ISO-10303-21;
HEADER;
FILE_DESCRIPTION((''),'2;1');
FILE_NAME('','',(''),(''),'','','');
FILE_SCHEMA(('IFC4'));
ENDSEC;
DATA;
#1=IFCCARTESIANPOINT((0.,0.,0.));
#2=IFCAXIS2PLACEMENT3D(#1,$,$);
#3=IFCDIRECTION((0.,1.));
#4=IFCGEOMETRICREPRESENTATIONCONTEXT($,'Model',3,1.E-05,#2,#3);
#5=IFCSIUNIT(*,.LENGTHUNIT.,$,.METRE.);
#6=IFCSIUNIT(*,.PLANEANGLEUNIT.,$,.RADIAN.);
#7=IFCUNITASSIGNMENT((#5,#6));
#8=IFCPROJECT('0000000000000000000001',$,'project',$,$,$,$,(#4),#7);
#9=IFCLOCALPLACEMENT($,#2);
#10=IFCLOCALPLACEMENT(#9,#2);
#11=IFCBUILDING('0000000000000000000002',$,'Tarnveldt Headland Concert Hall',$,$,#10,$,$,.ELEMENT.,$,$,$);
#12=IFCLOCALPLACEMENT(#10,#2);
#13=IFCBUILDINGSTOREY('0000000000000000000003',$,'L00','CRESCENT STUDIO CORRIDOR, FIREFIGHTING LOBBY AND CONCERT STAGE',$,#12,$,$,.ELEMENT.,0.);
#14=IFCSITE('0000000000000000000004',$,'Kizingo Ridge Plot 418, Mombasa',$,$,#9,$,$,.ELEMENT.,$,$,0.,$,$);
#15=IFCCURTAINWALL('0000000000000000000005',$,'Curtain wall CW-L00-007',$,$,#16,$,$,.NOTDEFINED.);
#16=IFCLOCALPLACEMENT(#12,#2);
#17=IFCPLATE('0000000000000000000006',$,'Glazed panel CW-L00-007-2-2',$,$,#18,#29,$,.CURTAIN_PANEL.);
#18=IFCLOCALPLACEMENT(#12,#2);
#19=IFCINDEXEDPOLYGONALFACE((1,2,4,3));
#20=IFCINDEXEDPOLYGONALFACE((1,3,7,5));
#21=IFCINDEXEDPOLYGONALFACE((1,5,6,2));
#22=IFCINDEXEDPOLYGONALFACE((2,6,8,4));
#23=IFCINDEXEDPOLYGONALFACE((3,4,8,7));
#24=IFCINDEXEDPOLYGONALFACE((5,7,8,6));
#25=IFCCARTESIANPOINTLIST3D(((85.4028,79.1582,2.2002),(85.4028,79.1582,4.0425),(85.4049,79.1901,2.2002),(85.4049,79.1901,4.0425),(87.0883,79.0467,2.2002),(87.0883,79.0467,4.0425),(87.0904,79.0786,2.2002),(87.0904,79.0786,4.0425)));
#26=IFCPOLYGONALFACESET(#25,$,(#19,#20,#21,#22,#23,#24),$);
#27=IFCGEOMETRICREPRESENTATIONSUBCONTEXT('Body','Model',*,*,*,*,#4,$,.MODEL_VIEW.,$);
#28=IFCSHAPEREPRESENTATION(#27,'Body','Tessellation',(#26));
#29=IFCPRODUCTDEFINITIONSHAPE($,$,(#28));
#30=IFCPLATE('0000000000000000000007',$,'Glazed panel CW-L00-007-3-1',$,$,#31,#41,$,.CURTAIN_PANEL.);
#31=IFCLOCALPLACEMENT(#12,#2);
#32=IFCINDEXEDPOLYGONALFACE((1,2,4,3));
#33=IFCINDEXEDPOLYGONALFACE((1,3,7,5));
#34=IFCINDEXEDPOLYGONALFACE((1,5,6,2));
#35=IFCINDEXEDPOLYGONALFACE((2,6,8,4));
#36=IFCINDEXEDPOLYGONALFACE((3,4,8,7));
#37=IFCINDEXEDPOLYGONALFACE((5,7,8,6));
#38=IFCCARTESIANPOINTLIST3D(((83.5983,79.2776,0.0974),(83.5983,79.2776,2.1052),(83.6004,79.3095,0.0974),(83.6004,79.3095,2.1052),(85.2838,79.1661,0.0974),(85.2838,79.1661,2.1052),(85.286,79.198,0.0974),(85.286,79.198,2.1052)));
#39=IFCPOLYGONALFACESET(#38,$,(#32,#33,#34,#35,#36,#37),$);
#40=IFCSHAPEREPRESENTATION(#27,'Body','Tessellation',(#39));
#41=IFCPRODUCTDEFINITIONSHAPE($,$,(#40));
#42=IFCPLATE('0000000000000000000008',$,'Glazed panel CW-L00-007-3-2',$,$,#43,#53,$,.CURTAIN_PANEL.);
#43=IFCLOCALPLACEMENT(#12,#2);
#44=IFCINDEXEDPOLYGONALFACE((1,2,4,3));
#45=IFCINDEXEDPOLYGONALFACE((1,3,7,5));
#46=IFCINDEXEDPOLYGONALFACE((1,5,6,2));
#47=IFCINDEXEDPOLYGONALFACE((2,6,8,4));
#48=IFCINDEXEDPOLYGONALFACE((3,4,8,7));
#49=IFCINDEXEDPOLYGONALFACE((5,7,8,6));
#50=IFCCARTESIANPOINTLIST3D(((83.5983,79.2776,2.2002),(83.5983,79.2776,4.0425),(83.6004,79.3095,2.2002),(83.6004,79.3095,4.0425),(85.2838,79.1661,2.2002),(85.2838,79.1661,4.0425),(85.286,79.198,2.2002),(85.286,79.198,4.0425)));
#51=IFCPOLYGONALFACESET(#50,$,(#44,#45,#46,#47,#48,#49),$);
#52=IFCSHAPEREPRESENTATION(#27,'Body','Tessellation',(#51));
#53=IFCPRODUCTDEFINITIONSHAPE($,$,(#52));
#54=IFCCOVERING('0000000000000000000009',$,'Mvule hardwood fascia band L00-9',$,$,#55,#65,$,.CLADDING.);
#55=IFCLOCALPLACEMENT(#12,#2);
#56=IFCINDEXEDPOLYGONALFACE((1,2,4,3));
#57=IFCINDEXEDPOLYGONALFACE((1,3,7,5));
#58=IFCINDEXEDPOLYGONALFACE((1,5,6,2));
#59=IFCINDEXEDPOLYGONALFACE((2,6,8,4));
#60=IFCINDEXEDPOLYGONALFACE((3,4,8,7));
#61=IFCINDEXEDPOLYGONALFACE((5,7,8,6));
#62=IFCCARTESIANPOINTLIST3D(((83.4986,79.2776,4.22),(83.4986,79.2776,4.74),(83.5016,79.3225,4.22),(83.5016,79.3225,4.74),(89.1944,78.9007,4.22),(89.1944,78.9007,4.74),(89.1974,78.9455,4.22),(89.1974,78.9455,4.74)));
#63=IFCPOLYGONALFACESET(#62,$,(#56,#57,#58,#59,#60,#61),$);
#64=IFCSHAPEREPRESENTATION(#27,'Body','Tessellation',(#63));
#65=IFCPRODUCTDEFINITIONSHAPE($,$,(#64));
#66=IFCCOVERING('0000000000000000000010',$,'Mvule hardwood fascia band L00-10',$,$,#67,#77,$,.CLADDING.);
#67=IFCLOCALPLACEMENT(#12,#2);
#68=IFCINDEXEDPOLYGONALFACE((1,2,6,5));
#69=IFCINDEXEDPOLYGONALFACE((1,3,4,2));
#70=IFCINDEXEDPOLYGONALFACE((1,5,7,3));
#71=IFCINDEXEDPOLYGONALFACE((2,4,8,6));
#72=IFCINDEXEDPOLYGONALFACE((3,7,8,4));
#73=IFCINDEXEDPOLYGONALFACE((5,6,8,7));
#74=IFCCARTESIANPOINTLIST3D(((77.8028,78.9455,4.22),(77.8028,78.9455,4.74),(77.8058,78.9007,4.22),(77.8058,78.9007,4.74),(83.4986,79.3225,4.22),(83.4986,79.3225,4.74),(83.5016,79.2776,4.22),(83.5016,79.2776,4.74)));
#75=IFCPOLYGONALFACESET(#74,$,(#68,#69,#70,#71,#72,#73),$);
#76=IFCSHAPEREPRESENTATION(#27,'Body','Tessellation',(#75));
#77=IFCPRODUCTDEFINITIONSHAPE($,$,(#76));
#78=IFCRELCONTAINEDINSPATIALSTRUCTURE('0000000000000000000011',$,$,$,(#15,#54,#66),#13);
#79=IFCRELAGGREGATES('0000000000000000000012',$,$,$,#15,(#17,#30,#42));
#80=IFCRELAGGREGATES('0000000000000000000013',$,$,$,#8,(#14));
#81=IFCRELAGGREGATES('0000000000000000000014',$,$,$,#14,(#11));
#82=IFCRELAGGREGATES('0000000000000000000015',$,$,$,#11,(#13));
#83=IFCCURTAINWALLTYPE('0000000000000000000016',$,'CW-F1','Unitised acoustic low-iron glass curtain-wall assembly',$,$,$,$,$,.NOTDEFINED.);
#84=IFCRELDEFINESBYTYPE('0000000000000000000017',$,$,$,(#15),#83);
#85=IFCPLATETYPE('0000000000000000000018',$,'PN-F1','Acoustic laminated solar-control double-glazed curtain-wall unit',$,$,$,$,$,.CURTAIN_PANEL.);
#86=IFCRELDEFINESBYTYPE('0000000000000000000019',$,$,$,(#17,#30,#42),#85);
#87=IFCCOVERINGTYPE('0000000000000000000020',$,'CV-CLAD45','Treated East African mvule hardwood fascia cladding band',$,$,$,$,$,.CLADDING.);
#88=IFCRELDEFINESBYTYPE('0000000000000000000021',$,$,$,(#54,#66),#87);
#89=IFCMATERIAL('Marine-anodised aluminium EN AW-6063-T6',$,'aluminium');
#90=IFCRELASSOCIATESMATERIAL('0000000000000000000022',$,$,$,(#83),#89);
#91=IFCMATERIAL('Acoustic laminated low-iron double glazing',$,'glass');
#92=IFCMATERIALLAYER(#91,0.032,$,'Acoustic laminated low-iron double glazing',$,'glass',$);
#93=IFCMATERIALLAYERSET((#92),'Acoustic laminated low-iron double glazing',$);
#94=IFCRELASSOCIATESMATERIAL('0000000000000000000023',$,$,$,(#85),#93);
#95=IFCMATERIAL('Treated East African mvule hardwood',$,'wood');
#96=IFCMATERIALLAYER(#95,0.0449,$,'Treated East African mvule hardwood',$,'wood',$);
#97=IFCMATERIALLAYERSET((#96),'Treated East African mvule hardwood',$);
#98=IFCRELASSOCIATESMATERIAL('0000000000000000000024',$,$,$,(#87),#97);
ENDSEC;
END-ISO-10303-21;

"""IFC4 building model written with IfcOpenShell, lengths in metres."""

from ifc_helpers import new_model, si_unit, direction, frame, frame_2d, origin, origin_2d, place, context, subcontext, project, spatial, rectangle, extrude, material, layer, layer_set, type_object, element, aggregate, save


model = new_model("IFC4")

# Units and contexts
model_context = context("Model", 3, precision=1e-05, world=origin(), true_north=direction((0.0, 1.0)))
body_context = subcontext(model_context, "Body", "Model", "MODEL_VIEW")
ifc_project = project(units=[si_unit("LENGTHUNIT", "METRE"), si_unit("PLANEANGLEUNIT", "RADIAN")], contexts=[model_context])

# Site, building, storey
site_placement = place(None, origin())
site = spatial("IfcSite", under=ifc_project, at=site_placement, Name="Kizingo Ridge Plot 418, Mombasa", CompositionType="ELEMENT", RefElevation=0.0)
building_placement = place(site_placement, origin())
building = spatial("IfcBuilding", under=site, at=building_placement, Name="Tarnveldt Headland Concert Hall", CompositionType="ELEMENT")
storey_placement = place(building_placement, origin())
storey = spatial("IfcBuildingStorey", under=building, at=storey_placement, Name="L00", Description="CRESCENT STUDIO CORRIDOR, FIREFIGHTING LOBBY AND CONCERT STAGE", CompositionType="ELEMENT", Elevation=0.0)

# Curtain wall
ifc_material_1 = material(Name="Marine-anodised aluminium EN AW-6063-T6", Category="aluminium")
curtain_wall_type = type_object("IfcCurtainWallType", Name="CW-F1", Description="Unitised acoustic low-iron glass curtain-wall assembly", PredefinedType="NOTDEFINED", material=ifc_material_1)
curtain_wall_1_placement = place(storey_placement, origin())
curtain_wall_1 = element("IfcCurtainWall", 1, at=curtain_wall_1_placement, inside=storey, type_object=curtain_wall_type, Name="Curtain wall CW-L00-007", PredefinedType="NOTDEFINED")

# Plates
ifc_material_2 = material(Name="Acoustic laminated low-iron double glazing", Category="glass")
ifc_layer_1 = layer(ifc_material_2, 0.032, Name="Acoustic laminated low-iron double glazing", Category="glass")
ifc_layer_set_1 = layer_set([ifc_layer_1], Name="Acoustic laminated low-iron double glazing")
plate_type = type_object("IfcPlateType", Name="PN-F1", Description="Acoustic laminated solar-control double-glazed curtain-wall unit", PredefinedType="CURTAIN_PANEL", material=ifc_layer_set_1)
plate_1_placement = place(storey_placement, frame((86.2466, 79.1184, 2.2002), z_axis=(0.0, 0.0, 1.0), x_axis=(-0.997819, 0.066013, 0.0)))
plate_1 = element("IfcPlate", 2, at=plate_1_placement, type_object=plate_type, Name="Glazed panel CW-L00-007-2-2", PredefinedType="CURTAIN_PANEL", context=body_context, shape_type="SweptSolid", body=[
    extrude(rectangle(XDim=1.6892, YDim=0.032, at=origin_2d()), origin(), (0.0, 0.0, 1.0), 1.8423),
])
plate_2_placement = place(storey_placement, frame((84.4421, 79.2378, 0.0974), z_axis=(0.0, 0.0, 1.0), x_axis=(-0.997819, 0.066013, 0.0)))
plate_2 = element("IfcPlate", 3, at=plate_2_placement, type_object=plate_type, Name="Glazed panel CW-L00-007-3-1", PredefinedType="CURTAIN_PANEL", context=body_context, shape_type="SweptSolid", body=[
    extrude(rectangle(XDim=1.6892, YDim=0.032, at=origin_2d()), origin(), (0.0, 0.0, 1.0), 2.0078),
])
plate_3_placement = place(storey_placement, frame((84.4421, 79.2378, 2.2002), z_axis=(0.0, 0.0, 1.0), x_axis=(-0.997819, 0.066013, 0.0)))
plate_3 = element("IfcPlate", 4, at=plate_3_placement, type_object=plate_type, Name="Glazed panel CW-L00-007-3-2", PredefinedType="CURTAIN_PANEL", context=body_context, shape_type="SweptSolid", body=[
    extrude(rectangle(XDim=1.6892, YDim=0.032, at=origin_2d()), origin(), (0.0, 0.0, 1.0), 1.8423),
])
aggregate(curtain_wall_1, [plate_1, plate_2, plate_3])

# Coverings
ifc_material_3 = material(Name="Treated East African mvule hardwood", Category="wood")
ifc_layer_2 = layer(ifc_material_3, 0.0449, Name="Treated East African mvule hardwood", Category="wood")
ifc_layer_set_2 = layer_set([ifc_layer_2], Name="Treated East African mvule hardwood")
covering_type = type_object("IfcCoveringType", Name="CV-CLAD45", Description="Treated East African mvule hardwood fascia cladding band", PredefinedType="CLADDING", material=ifc_layer_set_2)
for number, where, z_axis, x_axis, name in (
    (5, (89.1958, 78.9231, 4.22), (0.0, 0.0, 1.0), (-0.997817, 0.066036, 0.0), "Mvule hardwood fascia band L00-9"),
    (6, (83.5, 79.3, 4.22), (0.0, 0.0, 1.0), (-0.997817, -0.066036, 0.0), "Mvule hardwood fascia band L00-10"),
):
    element("IfcCovering", number, at=place(storey_placement, frame(where, z_axis=z_axis, x_axis=x_axis)), inside=storey, type_object=covering_type, Name=name, PredefinedType="CLADDING", context=body_context, shape_type="SweptSolid", body=[
        extrude(rectangle(XDim=5.7083, YDim=0.0449, at=frame_2d((2.854, 0.0))), origin(), (0.0, 0.0, 1.0), 0.52),
    ])

save(model, "model.ifc")
